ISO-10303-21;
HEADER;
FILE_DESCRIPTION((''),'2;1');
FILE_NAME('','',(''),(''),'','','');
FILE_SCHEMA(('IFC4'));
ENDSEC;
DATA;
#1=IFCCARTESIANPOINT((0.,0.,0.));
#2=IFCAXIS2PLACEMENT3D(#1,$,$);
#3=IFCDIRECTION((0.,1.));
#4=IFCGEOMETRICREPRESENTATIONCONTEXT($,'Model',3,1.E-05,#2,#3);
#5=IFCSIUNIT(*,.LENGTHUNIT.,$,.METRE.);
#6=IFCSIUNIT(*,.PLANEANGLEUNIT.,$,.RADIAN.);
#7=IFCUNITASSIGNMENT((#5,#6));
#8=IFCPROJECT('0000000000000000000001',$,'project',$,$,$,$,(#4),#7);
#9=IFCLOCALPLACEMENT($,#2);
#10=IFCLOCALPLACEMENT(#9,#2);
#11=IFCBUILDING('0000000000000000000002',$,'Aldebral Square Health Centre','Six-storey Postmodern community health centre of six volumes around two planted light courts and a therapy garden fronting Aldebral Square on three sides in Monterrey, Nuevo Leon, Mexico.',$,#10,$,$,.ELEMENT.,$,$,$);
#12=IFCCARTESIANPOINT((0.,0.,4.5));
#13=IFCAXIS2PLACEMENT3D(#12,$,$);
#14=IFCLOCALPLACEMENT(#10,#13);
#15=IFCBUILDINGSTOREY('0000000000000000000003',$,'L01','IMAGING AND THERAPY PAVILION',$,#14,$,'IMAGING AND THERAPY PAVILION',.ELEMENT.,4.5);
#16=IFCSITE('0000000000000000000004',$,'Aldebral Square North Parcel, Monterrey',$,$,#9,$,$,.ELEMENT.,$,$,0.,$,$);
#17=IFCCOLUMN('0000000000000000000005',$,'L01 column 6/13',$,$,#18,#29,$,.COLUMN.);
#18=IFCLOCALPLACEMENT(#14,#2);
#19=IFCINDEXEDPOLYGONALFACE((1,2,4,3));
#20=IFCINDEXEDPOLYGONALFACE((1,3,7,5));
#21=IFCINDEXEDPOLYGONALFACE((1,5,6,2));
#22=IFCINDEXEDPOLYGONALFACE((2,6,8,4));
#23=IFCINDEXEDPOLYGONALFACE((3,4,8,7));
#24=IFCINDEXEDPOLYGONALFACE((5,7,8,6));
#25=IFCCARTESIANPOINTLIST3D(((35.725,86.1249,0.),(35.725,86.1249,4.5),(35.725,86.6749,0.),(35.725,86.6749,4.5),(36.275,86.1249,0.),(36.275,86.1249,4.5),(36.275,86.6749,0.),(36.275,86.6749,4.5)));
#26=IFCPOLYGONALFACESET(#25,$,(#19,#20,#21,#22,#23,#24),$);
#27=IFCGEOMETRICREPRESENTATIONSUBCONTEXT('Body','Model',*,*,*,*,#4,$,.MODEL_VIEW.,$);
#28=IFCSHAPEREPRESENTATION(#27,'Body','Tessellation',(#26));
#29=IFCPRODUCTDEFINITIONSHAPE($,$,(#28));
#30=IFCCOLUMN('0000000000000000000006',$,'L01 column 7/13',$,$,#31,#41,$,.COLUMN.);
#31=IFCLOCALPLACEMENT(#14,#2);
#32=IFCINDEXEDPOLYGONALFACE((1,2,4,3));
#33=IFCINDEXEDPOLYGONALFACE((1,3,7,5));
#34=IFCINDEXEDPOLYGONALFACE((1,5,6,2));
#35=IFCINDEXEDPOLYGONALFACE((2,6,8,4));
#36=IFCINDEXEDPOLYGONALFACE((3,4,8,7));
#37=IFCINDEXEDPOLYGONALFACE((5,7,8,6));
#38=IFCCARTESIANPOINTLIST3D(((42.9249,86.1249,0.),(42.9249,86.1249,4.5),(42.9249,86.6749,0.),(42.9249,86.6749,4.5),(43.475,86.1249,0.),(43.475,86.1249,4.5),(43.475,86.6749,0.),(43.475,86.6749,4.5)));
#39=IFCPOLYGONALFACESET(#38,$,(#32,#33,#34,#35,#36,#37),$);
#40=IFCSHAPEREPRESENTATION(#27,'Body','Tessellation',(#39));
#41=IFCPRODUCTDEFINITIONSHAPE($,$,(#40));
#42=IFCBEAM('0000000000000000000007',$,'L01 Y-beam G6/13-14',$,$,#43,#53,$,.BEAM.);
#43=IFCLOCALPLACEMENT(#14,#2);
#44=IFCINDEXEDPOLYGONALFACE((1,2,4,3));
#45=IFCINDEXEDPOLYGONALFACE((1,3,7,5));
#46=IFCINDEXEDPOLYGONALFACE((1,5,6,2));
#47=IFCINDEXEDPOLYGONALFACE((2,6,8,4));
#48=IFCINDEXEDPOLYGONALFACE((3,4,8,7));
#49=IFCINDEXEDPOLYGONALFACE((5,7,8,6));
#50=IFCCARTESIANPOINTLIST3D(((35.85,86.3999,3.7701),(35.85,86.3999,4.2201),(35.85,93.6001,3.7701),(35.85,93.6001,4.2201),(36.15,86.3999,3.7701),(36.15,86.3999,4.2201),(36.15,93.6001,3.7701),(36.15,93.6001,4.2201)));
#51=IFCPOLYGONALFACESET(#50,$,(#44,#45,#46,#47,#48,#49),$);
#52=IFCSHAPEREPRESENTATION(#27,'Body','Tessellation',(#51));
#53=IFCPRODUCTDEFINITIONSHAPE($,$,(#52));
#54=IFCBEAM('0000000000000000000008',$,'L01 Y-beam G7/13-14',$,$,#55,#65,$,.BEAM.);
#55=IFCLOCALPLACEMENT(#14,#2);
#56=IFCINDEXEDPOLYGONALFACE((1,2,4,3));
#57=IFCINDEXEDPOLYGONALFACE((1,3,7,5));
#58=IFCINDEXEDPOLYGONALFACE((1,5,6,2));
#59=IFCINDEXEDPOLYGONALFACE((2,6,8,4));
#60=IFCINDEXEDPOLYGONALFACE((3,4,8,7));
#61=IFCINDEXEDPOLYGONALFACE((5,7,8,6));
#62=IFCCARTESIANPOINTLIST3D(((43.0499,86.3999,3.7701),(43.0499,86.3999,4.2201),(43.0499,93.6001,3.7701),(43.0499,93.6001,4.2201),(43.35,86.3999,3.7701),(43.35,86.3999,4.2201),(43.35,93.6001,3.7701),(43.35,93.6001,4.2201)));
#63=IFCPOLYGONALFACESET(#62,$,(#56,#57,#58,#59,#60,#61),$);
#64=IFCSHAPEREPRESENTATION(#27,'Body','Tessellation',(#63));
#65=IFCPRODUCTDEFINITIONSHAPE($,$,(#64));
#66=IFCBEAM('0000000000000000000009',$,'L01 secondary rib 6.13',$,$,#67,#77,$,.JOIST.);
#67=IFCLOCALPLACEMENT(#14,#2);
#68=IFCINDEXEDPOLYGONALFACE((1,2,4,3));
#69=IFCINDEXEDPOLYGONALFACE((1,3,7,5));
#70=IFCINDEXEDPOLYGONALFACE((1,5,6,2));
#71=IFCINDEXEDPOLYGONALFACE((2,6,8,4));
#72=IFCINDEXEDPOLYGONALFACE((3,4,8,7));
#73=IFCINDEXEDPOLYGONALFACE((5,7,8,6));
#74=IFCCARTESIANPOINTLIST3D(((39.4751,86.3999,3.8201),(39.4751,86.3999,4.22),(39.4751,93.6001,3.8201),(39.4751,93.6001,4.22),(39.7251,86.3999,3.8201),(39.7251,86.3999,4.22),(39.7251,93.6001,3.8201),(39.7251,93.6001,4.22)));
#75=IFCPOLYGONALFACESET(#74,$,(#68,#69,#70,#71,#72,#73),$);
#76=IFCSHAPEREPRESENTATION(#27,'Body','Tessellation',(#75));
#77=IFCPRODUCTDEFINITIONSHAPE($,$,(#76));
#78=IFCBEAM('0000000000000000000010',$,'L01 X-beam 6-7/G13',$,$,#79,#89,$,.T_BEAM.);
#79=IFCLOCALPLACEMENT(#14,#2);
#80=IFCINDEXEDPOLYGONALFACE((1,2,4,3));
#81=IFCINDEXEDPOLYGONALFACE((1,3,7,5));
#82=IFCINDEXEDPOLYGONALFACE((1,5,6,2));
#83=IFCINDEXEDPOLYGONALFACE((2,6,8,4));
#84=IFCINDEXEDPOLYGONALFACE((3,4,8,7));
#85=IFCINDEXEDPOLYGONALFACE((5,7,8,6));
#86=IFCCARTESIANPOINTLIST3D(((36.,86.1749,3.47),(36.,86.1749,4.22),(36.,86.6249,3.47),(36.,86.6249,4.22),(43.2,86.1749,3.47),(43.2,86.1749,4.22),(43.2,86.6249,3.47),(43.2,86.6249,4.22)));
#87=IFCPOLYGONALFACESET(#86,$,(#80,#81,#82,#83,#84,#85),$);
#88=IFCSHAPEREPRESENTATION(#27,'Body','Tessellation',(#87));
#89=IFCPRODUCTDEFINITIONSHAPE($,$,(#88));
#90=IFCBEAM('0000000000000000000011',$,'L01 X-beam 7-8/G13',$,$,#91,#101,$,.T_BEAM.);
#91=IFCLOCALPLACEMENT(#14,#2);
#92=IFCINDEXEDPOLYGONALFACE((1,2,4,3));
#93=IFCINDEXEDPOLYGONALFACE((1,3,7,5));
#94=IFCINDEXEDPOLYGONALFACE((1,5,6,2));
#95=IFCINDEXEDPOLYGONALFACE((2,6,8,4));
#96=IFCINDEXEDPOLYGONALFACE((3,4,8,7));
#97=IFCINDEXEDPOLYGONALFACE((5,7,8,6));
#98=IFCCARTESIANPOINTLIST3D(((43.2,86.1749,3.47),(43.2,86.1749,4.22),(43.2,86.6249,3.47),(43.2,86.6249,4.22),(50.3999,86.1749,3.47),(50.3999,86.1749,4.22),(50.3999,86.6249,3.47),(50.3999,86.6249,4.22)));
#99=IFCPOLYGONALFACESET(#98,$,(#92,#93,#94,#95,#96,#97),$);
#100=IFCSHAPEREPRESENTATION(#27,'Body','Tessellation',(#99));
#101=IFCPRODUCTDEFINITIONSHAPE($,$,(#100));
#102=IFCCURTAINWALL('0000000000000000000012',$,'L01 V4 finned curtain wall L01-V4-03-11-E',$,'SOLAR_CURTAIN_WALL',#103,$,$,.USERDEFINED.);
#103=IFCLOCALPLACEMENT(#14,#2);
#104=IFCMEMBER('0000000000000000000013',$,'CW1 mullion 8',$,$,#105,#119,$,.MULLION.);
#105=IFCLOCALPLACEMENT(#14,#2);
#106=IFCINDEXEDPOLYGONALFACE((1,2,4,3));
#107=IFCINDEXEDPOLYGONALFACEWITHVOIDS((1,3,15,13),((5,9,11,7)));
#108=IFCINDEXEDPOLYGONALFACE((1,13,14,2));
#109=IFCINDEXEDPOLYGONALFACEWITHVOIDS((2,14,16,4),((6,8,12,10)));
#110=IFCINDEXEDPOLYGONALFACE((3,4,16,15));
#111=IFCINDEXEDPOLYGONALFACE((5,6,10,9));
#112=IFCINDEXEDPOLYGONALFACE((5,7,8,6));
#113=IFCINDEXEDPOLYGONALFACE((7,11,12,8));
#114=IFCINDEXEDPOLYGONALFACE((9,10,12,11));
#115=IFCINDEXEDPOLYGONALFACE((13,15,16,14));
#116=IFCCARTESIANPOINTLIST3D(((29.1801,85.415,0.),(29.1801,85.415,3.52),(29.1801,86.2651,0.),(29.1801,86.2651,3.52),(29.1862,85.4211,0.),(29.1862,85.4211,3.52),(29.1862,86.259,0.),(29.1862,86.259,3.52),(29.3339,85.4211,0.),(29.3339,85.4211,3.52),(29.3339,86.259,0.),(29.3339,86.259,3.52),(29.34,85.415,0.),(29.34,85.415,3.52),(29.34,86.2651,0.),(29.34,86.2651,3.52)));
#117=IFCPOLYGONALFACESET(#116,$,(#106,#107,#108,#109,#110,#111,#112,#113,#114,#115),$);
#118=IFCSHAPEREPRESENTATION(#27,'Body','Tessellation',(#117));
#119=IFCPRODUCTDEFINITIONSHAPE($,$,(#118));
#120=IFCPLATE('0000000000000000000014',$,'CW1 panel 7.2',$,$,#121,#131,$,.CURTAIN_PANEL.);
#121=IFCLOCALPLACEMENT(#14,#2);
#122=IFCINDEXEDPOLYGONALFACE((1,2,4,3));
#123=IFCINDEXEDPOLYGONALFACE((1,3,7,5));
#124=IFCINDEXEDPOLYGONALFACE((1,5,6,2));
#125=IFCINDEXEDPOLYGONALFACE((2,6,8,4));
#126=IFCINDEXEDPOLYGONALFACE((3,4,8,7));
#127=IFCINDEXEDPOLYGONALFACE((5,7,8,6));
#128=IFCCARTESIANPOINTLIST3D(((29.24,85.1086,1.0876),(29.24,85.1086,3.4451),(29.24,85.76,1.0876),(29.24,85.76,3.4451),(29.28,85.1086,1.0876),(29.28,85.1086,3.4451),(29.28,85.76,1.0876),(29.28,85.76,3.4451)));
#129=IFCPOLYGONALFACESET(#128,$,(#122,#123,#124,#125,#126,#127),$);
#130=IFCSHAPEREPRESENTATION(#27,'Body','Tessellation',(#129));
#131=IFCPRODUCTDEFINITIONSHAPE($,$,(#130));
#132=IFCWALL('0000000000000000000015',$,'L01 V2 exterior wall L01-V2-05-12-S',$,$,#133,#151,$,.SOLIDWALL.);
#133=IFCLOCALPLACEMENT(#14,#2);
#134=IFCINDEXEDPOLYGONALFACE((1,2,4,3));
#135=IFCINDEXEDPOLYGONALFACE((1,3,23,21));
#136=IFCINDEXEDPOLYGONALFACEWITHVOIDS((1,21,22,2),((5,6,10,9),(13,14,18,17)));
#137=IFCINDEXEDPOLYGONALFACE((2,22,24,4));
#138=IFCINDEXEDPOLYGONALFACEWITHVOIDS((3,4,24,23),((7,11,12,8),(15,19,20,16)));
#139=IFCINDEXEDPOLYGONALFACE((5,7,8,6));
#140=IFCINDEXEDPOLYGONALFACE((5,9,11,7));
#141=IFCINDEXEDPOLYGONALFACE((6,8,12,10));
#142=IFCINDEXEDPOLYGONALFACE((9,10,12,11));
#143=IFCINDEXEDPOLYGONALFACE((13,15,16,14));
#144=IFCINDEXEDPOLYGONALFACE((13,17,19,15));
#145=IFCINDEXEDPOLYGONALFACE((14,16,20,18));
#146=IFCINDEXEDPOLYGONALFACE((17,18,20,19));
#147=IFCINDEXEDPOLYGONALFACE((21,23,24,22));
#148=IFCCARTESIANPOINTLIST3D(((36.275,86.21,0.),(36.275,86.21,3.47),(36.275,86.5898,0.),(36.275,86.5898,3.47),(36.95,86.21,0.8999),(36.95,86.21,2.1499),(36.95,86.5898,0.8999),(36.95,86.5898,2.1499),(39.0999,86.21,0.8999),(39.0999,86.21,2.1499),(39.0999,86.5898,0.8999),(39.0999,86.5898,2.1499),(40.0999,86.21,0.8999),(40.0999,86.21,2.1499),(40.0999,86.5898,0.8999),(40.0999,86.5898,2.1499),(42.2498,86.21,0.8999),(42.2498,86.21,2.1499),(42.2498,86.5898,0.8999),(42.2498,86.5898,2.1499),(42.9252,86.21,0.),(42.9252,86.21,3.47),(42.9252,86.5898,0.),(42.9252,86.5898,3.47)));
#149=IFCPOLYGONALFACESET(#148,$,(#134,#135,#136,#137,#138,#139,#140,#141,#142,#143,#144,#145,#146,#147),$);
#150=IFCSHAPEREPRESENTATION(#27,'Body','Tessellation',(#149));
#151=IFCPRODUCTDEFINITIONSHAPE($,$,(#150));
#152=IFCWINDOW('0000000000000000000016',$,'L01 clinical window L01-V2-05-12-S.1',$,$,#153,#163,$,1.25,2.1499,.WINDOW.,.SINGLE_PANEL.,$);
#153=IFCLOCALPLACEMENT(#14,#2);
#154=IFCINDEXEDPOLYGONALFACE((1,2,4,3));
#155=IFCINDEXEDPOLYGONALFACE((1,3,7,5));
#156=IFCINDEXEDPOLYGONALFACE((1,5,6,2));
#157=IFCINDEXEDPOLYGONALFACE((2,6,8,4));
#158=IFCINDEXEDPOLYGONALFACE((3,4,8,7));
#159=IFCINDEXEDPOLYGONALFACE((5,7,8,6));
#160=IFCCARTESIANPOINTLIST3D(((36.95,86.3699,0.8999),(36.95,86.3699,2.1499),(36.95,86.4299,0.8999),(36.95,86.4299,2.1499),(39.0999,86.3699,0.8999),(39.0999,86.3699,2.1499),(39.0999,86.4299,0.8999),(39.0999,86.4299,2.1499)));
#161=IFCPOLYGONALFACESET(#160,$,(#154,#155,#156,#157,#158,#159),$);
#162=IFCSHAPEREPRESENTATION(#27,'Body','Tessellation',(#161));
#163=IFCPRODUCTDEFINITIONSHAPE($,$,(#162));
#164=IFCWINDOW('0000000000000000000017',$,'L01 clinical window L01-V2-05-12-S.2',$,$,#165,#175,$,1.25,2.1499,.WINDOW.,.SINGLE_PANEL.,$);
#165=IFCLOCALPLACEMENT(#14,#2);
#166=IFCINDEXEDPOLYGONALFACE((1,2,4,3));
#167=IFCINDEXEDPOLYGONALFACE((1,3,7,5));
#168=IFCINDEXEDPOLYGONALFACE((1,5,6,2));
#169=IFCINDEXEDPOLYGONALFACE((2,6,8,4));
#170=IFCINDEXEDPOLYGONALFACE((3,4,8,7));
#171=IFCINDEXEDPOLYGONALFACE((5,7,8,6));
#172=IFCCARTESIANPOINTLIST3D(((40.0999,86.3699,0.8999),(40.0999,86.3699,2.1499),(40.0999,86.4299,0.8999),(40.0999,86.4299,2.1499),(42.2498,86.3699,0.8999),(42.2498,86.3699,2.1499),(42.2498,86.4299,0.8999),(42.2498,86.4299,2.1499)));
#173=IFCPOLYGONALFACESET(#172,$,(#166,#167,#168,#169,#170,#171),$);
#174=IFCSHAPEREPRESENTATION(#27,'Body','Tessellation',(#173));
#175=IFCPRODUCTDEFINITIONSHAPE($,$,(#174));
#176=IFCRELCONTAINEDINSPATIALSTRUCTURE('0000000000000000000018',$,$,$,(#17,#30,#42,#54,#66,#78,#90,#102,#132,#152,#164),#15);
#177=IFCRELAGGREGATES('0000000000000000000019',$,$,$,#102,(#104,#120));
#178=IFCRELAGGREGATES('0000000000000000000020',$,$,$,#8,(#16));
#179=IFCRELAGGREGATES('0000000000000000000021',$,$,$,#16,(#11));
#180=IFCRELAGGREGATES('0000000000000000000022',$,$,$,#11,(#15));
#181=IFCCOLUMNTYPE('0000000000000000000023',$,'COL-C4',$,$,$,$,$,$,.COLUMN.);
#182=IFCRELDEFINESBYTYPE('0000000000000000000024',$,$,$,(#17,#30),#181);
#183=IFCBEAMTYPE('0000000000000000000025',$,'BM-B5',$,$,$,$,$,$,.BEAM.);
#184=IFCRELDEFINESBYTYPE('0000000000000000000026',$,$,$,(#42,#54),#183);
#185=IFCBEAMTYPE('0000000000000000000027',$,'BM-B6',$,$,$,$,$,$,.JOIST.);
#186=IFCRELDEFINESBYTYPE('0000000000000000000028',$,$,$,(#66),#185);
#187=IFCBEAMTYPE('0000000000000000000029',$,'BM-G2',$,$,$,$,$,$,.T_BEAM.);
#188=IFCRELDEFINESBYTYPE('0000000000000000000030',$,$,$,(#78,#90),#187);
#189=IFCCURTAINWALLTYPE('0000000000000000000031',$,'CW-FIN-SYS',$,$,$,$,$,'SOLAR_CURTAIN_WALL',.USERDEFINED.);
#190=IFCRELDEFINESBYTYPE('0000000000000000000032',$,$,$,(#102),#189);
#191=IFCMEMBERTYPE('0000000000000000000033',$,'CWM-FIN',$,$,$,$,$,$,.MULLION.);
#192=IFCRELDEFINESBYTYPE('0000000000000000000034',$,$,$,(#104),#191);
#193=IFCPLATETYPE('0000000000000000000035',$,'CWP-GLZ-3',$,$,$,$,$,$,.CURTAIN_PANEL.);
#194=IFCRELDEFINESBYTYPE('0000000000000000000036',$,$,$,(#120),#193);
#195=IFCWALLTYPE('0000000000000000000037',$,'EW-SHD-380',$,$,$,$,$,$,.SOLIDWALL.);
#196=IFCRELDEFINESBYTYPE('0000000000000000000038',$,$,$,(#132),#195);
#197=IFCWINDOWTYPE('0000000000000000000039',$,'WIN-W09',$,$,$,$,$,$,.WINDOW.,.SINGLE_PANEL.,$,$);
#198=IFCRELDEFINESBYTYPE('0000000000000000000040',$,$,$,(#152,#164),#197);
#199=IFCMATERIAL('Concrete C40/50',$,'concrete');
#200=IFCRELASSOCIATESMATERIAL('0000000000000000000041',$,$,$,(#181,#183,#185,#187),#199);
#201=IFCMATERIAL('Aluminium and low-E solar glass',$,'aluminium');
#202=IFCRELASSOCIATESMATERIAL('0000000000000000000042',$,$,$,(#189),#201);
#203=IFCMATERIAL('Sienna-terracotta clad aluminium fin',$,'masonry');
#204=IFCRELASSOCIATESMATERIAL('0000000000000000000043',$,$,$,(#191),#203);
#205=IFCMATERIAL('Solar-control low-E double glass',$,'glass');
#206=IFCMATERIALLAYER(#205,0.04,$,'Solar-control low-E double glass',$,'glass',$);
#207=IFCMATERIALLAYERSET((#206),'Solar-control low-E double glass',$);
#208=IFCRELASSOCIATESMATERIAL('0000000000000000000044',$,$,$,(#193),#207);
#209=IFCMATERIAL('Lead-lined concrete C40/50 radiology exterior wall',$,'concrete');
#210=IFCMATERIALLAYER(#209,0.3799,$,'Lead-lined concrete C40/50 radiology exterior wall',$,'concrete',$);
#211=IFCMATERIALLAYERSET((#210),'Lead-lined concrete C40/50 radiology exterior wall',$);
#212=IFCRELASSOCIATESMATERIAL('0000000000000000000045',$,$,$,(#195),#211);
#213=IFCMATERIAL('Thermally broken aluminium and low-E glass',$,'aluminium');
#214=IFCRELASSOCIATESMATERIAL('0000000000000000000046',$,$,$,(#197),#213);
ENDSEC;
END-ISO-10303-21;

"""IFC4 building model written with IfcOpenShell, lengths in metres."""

from ifc_helpers import new_model, si_unit, direction, frame, frame_2d, origin, origin_2d, place, context, subcontext, project, spatial, rectangle, hollow_rectangle, extrude, material, layer, layer_set, material_profile, profile_set, type_object, element, fill, aggregate, save


model = new_model("IFC4")

# Units and contexts
model_context = context("Model", 3, precision=1e-05, world=origin(), true_north=direction((0.0, 1.0)))
body_context = subcontext(model_context, "Body", "Model", "MODEL_VIEW")
ifc_project = project(units=[si_unit("LENGTHUNIT", "METRE"), si_unit("PLANEANGLEUNIT", "RADIAN")], contexts=[model_context])

# Site, building, storey
site_placement = place(None, origin())
site = spatial("IfcSite", under=ifc_project, at=site_placement, Name="Aldebral Square North Parcel, Monterrey", CompositionType="ELEMENT", RefElevation=0.0)
building_placement = place(site_placement, origin())
building = spatial("IfcBuilding", under=site, at=building_placement, Name="Aldebral Square Health Centre", Description="Six-storey Postmodern community health centre of six volumes around two planted light courts and a therapy garden fronting Aldebral Square on three sides in Monterrey, Nuevo Leon, Mexico.", CompositionType="ELEMENT")
storey_placement = place(building_placement, frame((0.0, 0.0, 4.5)))
storey = spatial("IfcBuildingStorey", under=building, at=storey_placement, Name="L01", Description="IMAGING AND THERAPY PAVILION", LongName="IMAGING AND THERAPY PAVILION", CompositionType="ELEMENT", Elevation=4.5)

# Columns
ifc_material_1 = material(Name="Concrete C40/50", Category="concrete")
ifc_material_profile_1 = material_profile(ifc_material_1, rectangle(XDim=0.55, YDim=0.55, at=origin_2d()), Name="RC 550x550")
ifc_profile_set_1 = profile_set([ifc_material_profile_1], Name="Concrete C40/50")
column_type = type_object("IfcColumnType", Name="COL-C4", PredefinedType="COLUMN", material=ifc_profile_set_1)
for number, where, z_axis, x_axis, name in (
    (1, (36.0, 86.3999, 0.0), (0.0, 0.0, 1.0), (1.0, 0.0, 0.0), "L01 column 6/13"),
    (2, (43.2, 86.3999, 0.0), (0.0, 0.0, 1.0), (1.0, 0.0, 0.0), "L01 column 7/13"),
):
    element("IfcColumn", number, at=place(storey_placement, frame(where, z_axis=z_axis, x_axis=x_axis)), inside=storey, type_object=column_type, Name=name, PredefinedType="COLUMN", context=body_context, shape_type="SweptSolid", body=[
        extrude(rectangle(XDim=0.55, YDim=0.55, at=origin_2d()), origin(), (0.0, 0.0, 1.0), 4.5),
    ])

# Beams
ifc_material_profile_2 = material_profile(ifc_material_1, rectangle(XDim=0.3, YDim=0.45, at=origin_2d()), Name="RC 300x450")
ifc_profile_set_2 = profile_set([ifc_material_profile_2], Name="Concrete C40/50")
beam_type_1 = type_object("IfcBeamType", Name="BM-B5", PredefinedType="BEAM", material=ifc_profile_set_2)
for number, where, z_axis, x_axis, name in (
    (3, (36.0, 86.3999, 3.9951), (0.0, 1.0, 0.0), (-1.0, 0.0, 0.0), "L01 Y-beam G6/13-14"),
    (4, (43.2, 86.3999, 3.9951), (0.0, 1.0, 0.0), (-1.0, 0.0, 0.0), "L01 Y-beam G7/13-14"),
):
    element("IfcBeam", number, at=place(storey_placement, frame(where, z_axis=z_axis, x_axis=x_axis)), inside=storey, type_object=beam_type_1, Name=name, PredefinedType="BEAM", context=body_context, shape_type="SweptSolid", body=[
        extrude(rectangle(XDim=0.3, YDim=0.45, at=origin_2d()), origin(), (0.0, 0.0, 1.0), 7.2002),
    ])
ifc_material_profile_3 = material_profile(ifc_material_1, rectangle(XDim=0.25, YDim=0.3999, at=origin_2d()), Name="RC 250x400")
ifc_profile_set_3 = profile_set([ifc_material_profile_3], Name="Concrete C40/50")
beam_type_2 = type_object("IfcBeamType", Name="BM-B6", PredefinedType="JOIST", material=ifc_profile_set_3)
beam_placement = place(storey_placement, frame((39.6001, 86.3999, 4.02), z_axis=(0.0, 1.0, 0.0), x_axis=(-1.0, 0.0, 0.0)))
element("IfcBeam", 5, at=beam_placement, inside=storey, type_object=beam_type_2, Name="L01 secondary rib 6.13", PredefinedType="JOIST", context=body_context, shape_type="SweptSolid", body=[
    extrude(rectangle(XDim=0.25, YDim=0.3999, at=origin_2d()), origin(), (0.0, 0.0, 1.0), 7.2002),
])
ifc_material_profile_4 = material_profile(ifc_material_1, rectangle(XDim=0.45, YDim=0.75, at=origin_2d()), Name="RC 450x750")
ifc_profile_set_4 = profile_set([ifc_material_profile_4], Name="Concrete C40/50")
beam_type_3 = type_object("IfcBeamType", Name="BM-G2", PredefinedType="T_BEAM", material=ifc_profile_set_4)
for number, where, z_axis, x_axis, name in (
    (6, (36.0, 86.3999, 3.845), (1.0, 0.0, 0.0), (0.0, 1.0, 0.0), "L01 X-beam 6-7/G13"),
    (7, (43.2, 86.3999, 3.845), (1.0, 0.0, 0.0), (0.0, 1.0, 0.0), "L01 X-beam 7-8/G13"),
):
    element("IfcBeam", number, at=place(storey_placement, frame(where, z_axis=z_axis, x_axis=x_axis)), inside=storey, type_object=beam_type_3, Name=name, PredefinedType="T_BEAM", context=body_context, shape_type="SweptSolid", body=[
        extrude(rectangle(XDim=0.45, YDim=0.75, at=origin_2d()), origin(), (0.0, 0.0, 1.0), 7.2),
    ])

# Curtain wall, member, plate
ifc_material_2 = material(Name="Aluminium and low-E solar glass", Category="aluminium")
curtain_wall_type = type_object("IfcCurtainWallType", Name="CW-FIN-SYS", ElementType="SOLAR_CURTAIN_WALL", PredefinedType="USERDEFINED", material=ifc_material_2)
curtain_wall_placement = place(storey_placement, origin())
curtain_wall = element("IfcCurtainWall", 8, at=curtain_wall_placement, inside=storey, type_object=curtain_wall_type, Name="L01 V4 finned curtain wall L01-V4-03-11-E", ObjectType="SOLAR_CURTAIN_WALL", PredefinedType="USERDEFINED")
ifc_material_3 = material(Name="Sienna-terracotta clad aluminium fin", Category="masonry")
ifc_material_profile_5 = material_profile(ifc_material_3, hollow_rectangle(XDim=0.1599, YDim=0.8501, WallThickness=0.0061, at=origin_2d()), Name="FIN 160x850x6")
ifc_profile_set_5 = profile_set([ifc_material_profile_5], Name="Sienna-terracotta clad aluminium fin")
member_type = type_object("IfcMemberType", Name="CWM-FIN", PredefinedType="MULLION", material=ifc_profile_set_5)
member_placement = place(storey_placement, frame((29.26, 85.8401, 0.0), z_axis=(0.0, 0.0, 1.0), x_axis=(-1.0, 0.0, 0.0)))
member = element("IfcMember", 9, at=member_placement, type_object=member_type, Name="CW1 mullion 8", PredefinedType="MULLION", context=body_context, shape_type="SweptSolid", body=[
    extrude(hollow_rectangle(XDim=0.1599, YDim=0.8501, WallThickness=0.0061, at=origin_2d()), origin(), (0.0, 0.0, 1.0), 3.52),
])
ifc_material_4 = material(Name="Solar-control low-E double glass", Category="glass")
ifc_layer_1 = layer(ifc_material_4, 0.04, Name="Solar-control low-E double glass", Category="glass")
ifc_layer_set_1 = layer_set([ifc_layer_1], Name="Solar-control low-E double glass")
plate_type = type_object("IfcPlateType", Name="CWP-GLZ-3", PredefinedType="CURTAIN_PANEL", material=ifc_layer_set_1)
plate_placement = place(storey_placement, frame((29.26, 85.4343, 1.0876), z_axis=(0.0, 0.0, 1.0), x_axis=(0.0, 1.0, 0.0)))
plate = element("IfcPlate", 10, at=plate_placement, type_object=plate_type, Name="CW1 panel 7.2", PredefinedType="CURTAIN_PANEL", context=body_context, shape_type="SweptSolid", body=[
    extrude(rectangle(XDim=0.6514, YDim=0.04, at=origin_2d()), origin(), (0.0, 0.0, 1.0), 2.3574),
])
aggregate(curtain_wall, [member, plate])

# Wall, openings, windows
ifc_material_5 = material(Name="Lead-lined concrete C40/50 radiology exterior wall", Category="concrete")
ifc_layer_2 = layer(ifc_material_5, 0.3799, Name="Lead-lined concrete C40/50 radiology exterior wall", Category="concrete")
ifc_layer_set_2 = layer_set([ifc_layer_2], Name="Lead-lined concrete C40/50 radiology exterior wall")
wall_type_1 = type_object("IfcWallType", Name="EW-SHD-380", PredefinedType="SOLIDWALL", material=ifc_layer_set_2)
wall_1_placement = place(storey_placement, frame((36.2749, 86.3999, 0.0), z_axis=(0.0, 0.0, 1.0), x_axis=(1.0, 0.0, 0.0)))
wall_1 = element("IfcWall", 11, at=wall_1_placement, inside=storey, type_object=wall_type_1, Name="L01 V2 exterior wall L01-V2-05-12-S", PredefinedType="SOLIDWALL", context=body_context, shape_type="SweptSolid", body=[
    extrude(rectangle(XDim=6.6501, YDim=0.3799, at=frame_2d((3.3252, 0.0))), origin(), (0.0, 0.0, 1.0), 3.47),
])
opening_1_placement = place(wall_1_placement, frame((0.675, 0.0, 0.8999)))
opening_1 = element("IfcOpeningElement", 12, at=opening_1_placement, cuts=wall_1, PredefinedType="OPENING", context=body_context, shape_type="SweptSolid", body=[
    extrude(rectangle(XDim=2.1499, YDim=1.25, at=frame_2d((1.075, 0.625))), frame((0.0, 0.2, 0.0), z_axis=(0.0, -1.0, 0.0), x_axis=(1.0, 0.0, 0.0)), (0.0, 0.0, 1.0), 0.3999),
])
opening_2_placement = place(wall_1_placement, frame((3.825, 0.0, 0.8999)))
opening_2 = element("IfcOpeningElement", 13, at=opening_2_placement, cuts=wall_1, PredefinedType="OPENING", context=body_context, shape_type="SweptSolid", body=[
    extrude(rectangle(XDim=2.1499, YDim=1.25, at=frame_2d((1.075, 0.625))), frame((0.0, 0.2, 0.0), z_axis=(0.0, -1.0, 0.0), x_axis=(1.0, 0.0, 0.0)), (0.0, 0.0, 1.0), 0.3999),
])
ifc_material_6 = material(Name="Thermally broken aluminium and low-E glass", Category="aluminium")
window_type_1 = type_object("IfcWindowType", Name="WIN-W09", PartitioningType="SINGLE_PANEL", PredefinedType="WINDOW", material=ifc_material_6)
window_1_placement = place(opening_1_placement, origin())
window_1 = element("IfcWindow", 14, at=window_1_placement, inside=storey, type_object=window_type_1, Name="L01 clinical window L01-V2-05-12-S.1", OverallHeight=1.25, OverallWidth=2.1499, PartitioningType="SINGLE_PANEL", PredefinedType="WINDOW", context=body_context, shape_type="SweptSolid", body=[
    extrude(rectangle(XDim=2.1499, YDim=1.25, at=frame_2d((1.075, 0.625))), frame((0.0, 0.03, 0.0), z_axis=(0.0, -1.0, 0.0), x_axis=(1.0, 0.0, 0.0)), (0.0, 0.0, 1.0), 0.0601),
])
fill(opening_1, window_1)
window_2_placement = place(opening_2_placement, origin())
window_2 = element("IfcWindow", 15, at=window_2_placement, inside=storey, type_object=window_type_1, Name="L01 clinical window L01-V2-05-12-S.2", OverallHeight=1.25, OverallWidth=2.1499, PartitioningType="SINGLE_PANEL", PredefinedType="WINDOW", context=body_context, shape_type="SweptSolid", body=[
    extrude(rectangle(XDim=2.1499, YDim=1.25, at=frame_2d((1.075, 0.625))), frame((0.0, 0.03, 0.0), z_axis=(0.0, -1.0, 0.0), x_axis=(1.0, 0.0, 0.0)), (0.0, 0.0, 1.0), 0.0601),
])
fill(opening_2, window_2)

save(model, "model.ifc")
